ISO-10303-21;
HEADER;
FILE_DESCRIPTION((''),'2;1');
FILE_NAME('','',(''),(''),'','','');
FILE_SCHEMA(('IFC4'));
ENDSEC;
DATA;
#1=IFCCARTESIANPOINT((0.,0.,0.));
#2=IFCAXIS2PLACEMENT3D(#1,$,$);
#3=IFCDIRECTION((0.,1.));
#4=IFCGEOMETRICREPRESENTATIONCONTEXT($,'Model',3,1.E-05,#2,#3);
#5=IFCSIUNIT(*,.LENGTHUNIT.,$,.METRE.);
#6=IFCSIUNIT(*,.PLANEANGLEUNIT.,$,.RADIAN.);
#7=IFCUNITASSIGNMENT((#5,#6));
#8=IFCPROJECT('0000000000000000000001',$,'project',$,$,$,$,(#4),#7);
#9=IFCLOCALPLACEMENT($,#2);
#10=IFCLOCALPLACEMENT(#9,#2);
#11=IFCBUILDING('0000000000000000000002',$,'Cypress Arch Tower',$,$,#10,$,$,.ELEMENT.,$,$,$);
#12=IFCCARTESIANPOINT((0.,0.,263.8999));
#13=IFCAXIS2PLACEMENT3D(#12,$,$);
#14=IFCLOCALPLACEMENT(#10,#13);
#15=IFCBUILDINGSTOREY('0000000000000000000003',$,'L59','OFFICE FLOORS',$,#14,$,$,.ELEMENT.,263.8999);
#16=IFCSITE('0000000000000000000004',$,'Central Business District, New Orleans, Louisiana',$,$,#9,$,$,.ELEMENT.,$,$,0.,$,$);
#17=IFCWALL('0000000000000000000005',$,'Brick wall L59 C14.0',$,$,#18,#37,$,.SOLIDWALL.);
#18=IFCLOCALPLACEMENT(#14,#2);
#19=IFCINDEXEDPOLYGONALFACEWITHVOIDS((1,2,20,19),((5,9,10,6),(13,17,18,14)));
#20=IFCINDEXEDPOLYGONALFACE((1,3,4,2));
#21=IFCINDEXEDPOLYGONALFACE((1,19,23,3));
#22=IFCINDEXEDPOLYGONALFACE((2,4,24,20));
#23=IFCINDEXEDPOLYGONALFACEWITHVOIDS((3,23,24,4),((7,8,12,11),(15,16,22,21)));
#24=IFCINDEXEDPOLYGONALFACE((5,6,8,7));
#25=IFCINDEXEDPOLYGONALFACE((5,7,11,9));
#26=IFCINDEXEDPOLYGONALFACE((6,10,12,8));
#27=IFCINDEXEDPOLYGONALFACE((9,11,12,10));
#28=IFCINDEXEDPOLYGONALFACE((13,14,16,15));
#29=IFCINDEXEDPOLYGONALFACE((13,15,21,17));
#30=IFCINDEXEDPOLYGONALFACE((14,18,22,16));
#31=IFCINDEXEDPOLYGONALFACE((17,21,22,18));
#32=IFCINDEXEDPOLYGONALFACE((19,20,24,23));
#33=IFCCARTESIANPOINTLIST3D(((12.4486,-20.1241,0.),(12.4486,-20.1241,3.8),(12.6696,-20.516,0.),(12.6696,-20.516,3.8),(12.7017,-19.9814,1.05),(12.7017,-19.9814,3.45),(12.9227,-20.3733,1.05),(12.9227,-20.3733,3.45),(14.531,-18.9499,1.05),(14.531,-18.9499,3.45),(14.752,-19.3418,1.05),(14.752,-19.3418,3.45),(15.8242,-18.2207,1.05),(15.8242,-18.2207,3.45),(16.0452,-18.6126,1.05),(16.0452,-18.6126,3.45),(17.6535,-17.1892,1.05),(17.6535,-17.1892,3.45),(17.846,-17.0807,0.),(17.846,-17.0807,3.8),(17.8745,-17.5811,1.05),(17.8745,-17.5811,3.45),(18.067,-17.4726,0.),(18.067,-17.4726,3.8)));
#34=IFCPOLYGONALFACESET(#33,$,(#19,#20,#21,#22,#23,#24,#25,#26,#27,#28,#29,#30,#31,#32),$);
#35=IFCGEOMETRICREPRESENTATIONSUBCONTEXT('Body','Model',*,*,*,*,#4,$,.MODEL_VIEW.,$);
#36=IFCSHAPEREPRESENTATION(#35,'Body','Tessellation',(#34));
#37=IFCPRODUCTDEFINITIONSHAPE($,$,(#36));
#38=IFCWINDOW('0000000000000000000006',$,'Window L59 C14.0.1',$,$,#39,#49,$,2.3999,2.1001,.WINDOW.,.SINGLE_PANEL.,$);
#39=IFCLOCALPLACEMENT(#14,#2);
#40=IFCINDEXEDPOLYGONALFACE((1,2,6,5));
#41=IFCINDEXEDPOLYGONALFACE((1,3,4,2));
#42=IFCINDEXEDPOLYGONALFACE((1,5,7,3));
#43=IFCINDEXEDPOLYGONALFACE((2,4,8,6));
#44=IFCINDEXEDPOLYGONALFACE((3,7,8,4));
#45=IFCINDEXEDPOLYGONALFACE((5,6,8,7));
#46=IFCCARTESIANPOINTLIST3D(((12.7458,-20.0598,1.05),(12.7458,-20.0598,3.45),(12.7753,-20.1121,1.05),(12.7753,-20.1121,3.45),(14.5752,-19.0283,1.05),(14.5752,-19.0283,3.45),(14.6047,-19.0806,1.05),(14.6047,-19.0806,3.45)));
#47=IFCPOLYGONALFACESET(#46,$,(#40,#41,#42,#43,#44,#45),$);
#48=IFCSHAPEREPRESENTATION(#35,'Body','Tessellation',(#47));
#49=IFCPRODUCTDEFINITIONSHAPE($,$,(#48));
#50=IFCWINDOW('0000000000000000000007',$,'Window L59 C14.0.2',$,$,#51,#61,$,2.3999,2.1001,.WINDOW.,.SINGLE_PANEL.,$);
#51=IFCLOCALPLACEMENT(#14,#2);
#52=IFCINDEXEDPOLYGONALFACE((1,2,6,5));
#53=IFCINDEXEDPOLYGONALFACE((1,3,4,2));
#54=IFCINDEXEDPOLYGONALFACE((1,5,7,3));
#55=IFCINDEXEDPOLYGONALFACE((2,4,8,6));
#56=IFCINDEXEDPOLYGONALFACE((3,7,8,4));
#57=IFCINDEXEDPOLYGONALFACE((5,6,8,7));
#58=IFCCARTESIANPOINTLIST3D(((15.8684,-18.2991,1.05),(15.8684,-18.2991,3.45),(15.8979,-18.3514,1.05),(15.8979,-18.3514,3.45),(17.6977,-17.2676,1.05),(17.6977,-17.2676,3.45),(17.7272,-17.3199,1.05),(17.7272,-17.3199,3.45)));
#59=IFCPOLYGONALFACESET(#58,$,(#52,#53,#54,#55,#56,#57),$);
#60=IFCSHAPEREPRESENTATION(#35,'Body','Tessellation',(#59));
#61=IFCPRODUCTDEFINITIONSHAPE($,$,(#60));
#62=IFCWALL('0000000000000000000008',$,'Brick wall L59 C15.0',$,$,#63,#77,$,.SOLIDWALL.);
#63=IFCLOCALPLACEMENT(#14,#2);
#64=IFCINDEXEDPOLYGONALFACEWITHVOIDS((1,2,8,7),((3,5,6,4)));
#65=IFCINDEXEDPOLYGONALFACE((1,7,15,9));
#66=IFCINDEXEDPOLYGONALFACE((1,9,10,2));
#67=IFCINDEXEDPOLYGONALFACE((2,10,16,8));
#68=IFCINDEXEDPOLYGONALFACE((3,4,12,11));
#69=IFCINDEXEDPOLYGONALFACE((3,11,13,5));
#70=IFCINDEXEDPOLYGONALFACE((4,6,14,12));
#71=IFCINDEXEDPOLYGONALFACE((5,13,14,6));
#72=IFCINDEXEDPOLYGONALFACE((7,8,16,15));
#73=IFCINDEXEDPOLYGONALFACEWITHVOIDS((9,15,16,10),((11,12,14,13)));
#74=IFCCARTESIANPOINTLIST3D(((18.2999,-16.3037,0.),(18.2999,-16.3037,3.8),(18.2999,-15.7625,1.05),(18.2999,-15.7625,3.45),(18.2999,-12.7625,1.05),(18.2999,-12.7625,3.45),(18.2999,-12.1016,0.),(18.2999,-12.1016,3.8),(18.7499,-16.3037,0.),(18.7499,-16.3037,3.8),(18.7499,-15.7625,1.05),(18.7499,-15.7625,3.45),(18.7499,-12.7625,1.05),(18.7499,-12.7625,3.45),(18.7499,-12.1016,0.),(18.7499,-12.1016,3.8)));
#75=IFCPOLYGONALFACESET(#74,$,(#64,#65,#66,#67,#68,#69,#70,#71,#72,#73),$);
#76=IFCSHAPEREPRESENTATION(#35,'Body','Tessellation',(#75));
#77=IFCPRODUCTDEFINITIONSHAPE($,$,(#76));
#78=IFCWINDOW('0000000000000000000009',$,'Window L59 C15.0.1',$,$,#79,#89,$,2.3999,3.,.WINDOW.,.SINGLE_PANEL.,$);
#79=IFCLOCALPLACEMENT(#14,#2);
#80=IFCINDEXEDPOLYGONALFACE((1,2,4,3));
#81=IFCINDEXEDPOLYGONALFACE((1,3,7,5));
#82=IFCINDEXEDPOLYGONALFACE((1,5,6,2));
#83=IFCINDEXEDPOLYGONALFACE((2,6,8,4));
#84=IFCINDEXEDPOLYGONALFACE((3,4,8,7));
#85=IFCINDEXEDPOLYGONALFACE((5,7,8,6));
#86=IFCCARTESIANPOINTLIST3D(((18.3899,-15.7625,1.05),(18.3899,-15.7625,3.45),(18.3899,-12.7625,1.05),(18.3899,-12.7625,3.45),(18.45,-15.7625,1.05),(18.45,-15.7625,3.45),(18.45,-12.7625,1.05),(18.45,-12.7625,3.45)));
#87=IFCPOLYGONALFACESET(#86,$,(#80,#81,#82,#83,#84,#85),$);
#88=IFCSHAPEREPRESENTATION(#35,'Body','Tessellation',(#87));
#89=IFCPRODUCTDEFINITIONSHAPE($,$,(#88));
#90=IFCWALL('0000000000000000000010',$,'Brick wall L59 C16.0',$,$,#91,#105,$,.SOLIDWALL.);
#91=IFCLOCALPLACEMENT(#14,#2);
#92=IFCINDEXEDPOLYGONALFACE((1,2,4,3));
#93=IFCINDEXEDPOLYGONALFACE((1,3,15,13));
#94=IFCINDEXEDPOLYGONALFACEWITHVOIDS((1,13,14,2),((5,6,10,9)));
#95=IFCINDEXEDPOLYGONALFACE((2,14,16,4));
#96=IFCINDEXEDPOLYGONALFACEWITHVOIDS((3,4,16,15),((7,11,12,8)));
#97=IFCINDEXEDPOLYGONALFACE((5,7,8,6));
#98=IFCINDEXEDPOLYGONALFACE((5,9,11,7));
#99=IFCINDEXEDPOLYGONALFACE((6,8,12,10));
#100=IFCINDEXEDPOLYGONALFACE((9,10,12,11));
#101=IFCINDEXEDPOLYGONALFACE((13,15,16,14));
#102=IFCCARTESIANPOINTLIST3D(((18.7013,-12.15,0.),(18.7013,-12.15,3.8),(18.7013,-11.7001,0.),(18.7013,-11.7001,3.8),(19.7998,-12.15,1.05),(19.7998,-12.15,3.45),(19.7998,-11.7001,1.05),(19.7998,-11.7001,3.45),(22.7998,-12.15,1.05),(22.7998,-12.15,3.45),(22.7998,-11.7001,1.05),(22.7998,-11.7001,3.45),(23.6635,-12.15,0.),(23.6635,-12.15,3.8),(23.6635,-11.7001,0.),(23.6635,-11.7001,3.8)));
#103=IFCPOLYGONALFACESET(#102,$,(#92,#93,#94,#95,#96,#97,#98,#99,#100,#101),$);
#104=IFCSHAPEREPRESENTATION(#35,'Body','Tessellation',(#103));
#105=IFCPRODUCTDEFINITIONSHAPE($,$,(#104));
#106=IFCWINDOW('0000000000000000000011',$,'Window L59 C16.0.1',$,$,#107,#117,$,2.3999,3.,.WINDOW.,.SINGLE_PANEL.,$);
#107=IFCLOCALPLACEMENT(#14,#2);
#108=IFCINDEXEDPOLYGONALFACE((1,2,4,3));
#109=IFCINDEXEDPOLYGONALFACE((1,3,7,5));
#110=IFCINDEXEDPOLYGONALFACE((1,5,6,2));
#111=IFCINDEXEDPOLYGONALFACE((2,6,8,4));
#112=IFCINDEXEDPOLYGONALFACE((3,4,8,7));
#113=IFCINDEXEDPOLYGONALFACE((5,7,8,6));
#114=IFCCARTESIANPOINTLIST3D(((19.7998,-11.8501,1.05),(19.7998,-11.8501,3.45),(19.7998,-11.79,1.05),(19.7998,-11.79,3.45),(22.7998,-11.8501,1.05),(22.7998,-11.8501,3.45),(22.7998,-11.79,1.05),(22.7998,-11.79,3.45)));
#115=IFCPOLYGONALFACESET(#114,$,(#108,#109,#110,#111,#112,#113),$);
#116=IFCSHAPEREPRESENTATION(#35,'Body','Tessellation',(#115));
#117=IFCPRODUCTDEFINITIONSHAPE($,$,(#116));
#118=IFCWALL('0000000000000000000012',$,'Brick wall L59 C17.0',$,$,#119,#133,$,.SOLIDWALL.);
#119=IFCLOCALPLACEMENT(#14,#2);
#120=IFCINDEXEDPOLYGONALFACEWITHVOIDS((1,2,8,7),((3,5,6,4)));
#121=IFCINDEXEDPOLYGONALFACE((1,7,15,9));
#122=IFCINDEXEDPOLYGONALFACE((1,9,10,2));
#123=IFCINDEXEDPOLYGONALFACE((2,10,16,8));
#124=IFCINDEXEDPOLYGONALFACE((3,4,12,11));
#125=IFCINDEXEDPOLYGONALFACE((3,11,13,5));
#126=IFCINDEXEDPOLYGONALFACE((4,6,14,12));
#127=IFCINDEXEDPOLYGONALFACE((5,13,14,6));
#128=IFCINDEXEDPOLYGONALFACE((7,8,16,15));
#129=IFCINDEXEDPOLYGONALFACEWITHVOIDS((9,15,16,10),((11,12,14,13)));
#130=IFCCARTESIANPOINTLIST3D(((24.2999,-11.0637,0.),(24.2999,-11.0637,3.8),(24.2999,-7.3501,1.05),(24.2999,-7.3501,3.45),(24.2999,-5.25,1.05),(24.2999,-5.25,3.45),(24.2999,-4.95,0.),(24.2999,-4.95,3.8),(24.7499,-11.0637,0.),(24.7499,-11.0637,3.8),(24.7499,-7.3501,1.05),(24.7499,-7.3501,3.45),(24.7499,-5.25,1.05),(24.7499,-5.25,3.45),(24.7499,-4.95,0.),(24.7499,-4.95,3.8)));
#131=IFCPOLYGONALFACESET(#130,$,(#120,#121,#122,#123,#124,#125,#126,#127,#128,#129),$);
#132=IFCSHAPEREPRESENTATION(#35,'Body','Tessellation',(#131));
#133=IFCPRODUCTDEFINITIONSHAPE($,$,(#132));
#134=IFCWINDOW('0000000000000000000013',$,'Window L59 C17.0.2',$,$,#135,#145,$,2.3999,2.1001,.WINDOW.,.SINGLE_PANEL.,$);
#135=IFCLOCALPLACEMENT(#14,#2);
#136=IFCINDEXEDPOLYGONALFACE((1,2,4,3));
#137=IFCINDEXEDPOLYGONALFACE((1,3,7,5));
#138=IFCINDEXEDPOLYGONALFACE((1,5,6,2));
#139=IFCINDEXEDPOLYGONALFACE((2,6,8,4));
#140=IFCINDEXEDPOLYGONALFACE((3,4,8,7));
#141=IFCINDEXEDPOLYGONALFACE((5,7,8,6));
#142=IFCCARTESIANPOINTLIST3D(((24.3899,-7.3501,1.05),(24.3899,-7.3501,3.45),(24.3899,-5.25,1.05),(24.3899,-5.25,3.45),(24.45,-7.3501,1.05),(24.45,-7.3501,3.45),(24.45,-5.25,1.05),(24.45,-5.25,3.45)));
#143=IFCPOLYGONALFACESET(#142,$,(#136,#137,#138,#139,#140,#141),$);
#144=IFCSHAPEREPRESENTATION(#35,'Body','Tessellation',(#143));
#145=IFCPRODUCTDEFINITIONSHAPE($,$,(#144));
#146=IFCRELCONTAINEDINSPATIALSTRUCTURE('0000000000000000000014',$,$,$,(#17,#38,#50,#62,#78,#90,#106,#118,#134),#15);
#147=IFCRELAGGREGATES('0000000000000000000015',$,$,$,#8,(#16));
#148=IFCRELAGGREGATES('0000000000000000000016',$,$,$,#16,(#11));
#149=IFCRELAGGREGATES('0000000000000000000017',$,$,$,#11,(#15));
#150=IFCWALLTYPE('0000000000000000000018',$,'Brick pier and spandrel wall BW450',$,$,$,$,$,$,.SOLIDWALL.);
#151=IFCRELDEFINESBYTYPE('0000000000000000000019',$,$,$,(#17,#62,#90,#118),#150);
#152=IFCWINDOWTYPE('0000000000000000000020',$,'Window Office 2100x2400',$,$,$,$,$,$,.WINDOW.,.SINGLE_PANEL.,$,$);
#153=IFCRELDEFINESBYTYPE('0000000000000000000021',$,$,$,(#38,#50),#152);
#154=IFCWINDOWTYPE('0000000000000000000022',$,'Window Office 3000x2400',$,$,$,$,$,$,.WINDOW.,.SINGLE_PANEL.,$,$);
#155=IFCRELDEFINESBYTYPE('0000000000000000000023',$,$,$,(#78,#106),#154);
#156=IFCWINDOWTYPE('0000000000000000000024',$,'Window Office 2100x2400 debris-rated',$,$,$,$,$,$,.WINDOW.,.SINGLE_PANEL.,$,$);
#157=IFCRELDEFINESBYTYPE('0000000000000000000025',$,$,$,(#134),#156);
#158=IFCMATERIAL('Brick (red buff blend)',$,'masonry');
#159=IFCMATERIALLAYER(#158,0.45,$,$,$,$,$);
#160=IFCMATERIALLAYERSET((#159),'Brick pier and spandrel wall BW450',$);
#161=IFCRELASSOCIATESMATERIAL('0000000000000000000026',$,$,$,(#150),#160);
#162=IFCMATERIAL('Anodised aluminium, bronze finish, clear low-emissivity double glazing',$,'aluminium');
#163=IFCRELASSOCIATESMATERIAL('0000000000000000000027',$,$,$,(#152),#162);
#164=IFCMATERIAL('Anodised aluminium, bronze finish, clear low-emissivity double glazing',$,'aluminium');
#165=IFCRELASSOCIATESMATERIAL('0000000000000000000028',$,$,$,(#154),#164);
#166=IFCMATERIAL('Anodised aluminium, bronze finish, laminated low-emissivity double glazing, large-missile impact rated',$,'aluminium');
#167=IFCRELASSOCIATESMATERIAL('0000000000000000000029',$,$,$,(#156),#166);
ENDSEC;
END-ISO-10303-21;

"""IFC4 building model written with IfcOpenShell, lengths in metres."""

from ifc_helpers import new_model, si_unit, direction, frame, frame_2d, origin, place, context, subcontext, project, spatial, rectangle, extrude, material, layer, layer_set, type_object, element, fill, save


model = new_model("IFC4")

# Units and contexts
model_context = context("Model", 3, precision=1e-05, world=origin(), true_north=direction((0.0, 1.0)))
body_context = subcontext(model_context, "Body", "Model", "MODEL_VIEW")
ifc_project = project(units=[si_unit("LENGTHUNIT", "METRE"), si_unit("PLANEANGLEUNIT", "RADIAN")], contexts=[model_context])

# Site, building, storey
site_placement = place(None, origin())
site = spatial("IfcSite", under=ifc_project, at=site_placement, Name="Central Business District, New Orleans, Louisiana", CompositionType="ELEMENT", RefElevation=0.0)
building_placement = place(site_placement, origin())
building = spatial("IfcBuilding", under=site, at=building_placement, Name="Cypress Arch Tower", CompositionType="ELEMENT")
storey_placement = place(building_placement, frame((0.0, 0.0, 263.8999)))
storey = spatial("IfcBuildingStorey", under=building, at=storey_placement, Name="L59", Description="OFFICE FLOORS", CompositionType="ELEMENT", Elevation=263.8999)

# Wall, openings, windows
ifc_material_1 = material(Name="Brick (red buff blend)", Category="masonry")
ifc_layer_1 = layer(ifc_material_1, 0.45)
ifc_layer_set_1 = layer_set([ifc_layer_1], Name="Brick pier and spandrel wall BW450")
wall_type_1 = type_object("IfcWallType", Name="Brick pier and spandrel wall BW450", PredefinedType="SOLIDWALL", material=ifc_layer_set_1)
wall_1_placement = place(storey_placement, frame((12.5591, -20.3201, 0.0), z_axis=(0.0, 0.0, 1.0), x_axis=(0.871066, 0.491166, 0.0)))
wall_1 = element("IfcWall", 1, at=wall_1_placement, inside=storey, type_object=wall_type_1, Name="Brick wall L59 C14.0", PredefinedType="SOLIDWALL", context=body_context, shape_type="SweptSolid", body=[
    extrude(rectangle(XDim=6.1963, YDim=0.45, at=frame_2d((3.0981, 0.0))), origin(), (0.0, 0.0, 1.0), 3.8),
])
opening_1_placement = place(wall_1_placement, frame((0.2905, 0.0, 1.05)))
opening_1 = element("IfcOpeningElement", 2, at=opening_1_placement, cuts=wall_1, PredefinedType="OPENING", context=body_context, shape_type="SweptSolid", body=[
    extrude(rectangle(XDim=2.1001, YDim=2.3999, at=frame_2d((1.05, 1.2))), frame((0.0, 0.2349, 0.0), z_axis=(0.0, -1.0, 0.0), x_axis=(1.0, 0.0, 0.0)), (0.0, 0.0, 1.0), 0.47),
])
opening_2_placement = place(wall_1_placement, frame((3.8752, 0.0, 1.05)))
opening_2 = element("IfcOpeningElement", 3, at=opening_2_placement, cuts=wall_1, PredefinedType="OPENING", context=body_context, shape_type="SweptSolid", body=[
    extrude(rectangle(XDim=2.1001, YDim=2.3999, at=frame_2d((1.05, 1.2))), frame((0.0, 0.2349, 0.0), z_axis=(0.0, -1.0, 0.0), x_axis=(1.0, 0.0, 0.0)), (0.0, 0.0, 1.0), 0.47),
])
ifc_material_2 = material(Name="Anodised aluminium, bronze finish, clear low-emissivity double glazing", Category="aluminium")
window_type_1 = type_object("IfcWindowType", Name="Window Office 2100x2400", PartitioningType="SINGLE_PANEL", PredefinedType="WINDOW", material=ifc_material_2)
window_1_placement = place(opening_1_placement, origin())
window_1 = element("IfcWindow", 4, at=window_1_placement, inside=storey, type_object=window_type_1, Name="Window L59 C14.0.1", OverallHeight=2.3999, OverallWidth=2.1001, PartitioningType="SINGLE_PANEL", PredefinedType="WINDOW", context=body_context, shape_type="SweptSolid", body=[
    extrude(rectangle(XDim=2.1001, YDim=2.3999, at=frame_2d((1.05, 1.2))), frame((0.0, 0.135, 0.0), z_axis=(0.0, -1.0, 0.0), x_axis=(1.0, 0.0, 0.0)), (0.0, 0.0, 1.0), 0.0601),
])
fill(opening_1, window_1)
window_2_placement = place(opening_2_placement, origin())
window_2 = element("IfcWindow", 5, at=window_2_placement, inside=storey, type_object=window_type_1, Name="Window L59 C14.0.2", OverallHeight=2.3999, OverallWidth=2.1001, PartitioningType="SINGLE_PANEL", PredefinedType="WINDOW", context=body_context, shape_type="SweptSolid", body=[
    extrude(rectangle(XDim=2.1001, YDim=2.3999, at=frame_2d((1.05, 1.2))), frame((0.0, 0.135, 0.0), z_axis=(0.0, -1.0, 0.0), x_axis=(1.0, 0.0, 0.0)), (0.0, 0.0, 1.0), 0.0601),
])
fill(opening_2, window_2)

# Walls, openings, windows
wall_2_placement = place(storey_placement, frame((18.5249, -16.3037, 0.0), z_axis=(0.0, 0.0, 1.0), x_axis=(0.0, 1.0, 0.0)))
wall_2 = element("IfcWall", 6, at=wall_2_placement, inside=storey, type_object=wall_type_1, Name="Brick wall L59 C15.0", PredefinedType="SOLIDWALL", context=body_context, shape_type="SweptSolid", body=[
    extrude(rectangle(XDim=4.2021, YDim=0.45, at=frame_2d((2.1011, 0.0))), origin(), (0.0, 0.0, 1.0), 3.8),
])
opening_3_placement = place(wall_2_placement, frame((0.5413, 0.0, 1.05)))
opening_3 = element("IfcOpeningElement", 7, at=opening_3_placement, cuts=wall_2, PredefinedType="OPENING", context=body_context, shape_type="SweptSolid", body=[
    extrude(rectangle(XDim=3.0, YDim=2.3999, at=frame_2d((1.5, 1.2))), frame((0.0, 0.2349, 0.0), z_axis=(0.0, -1.0, 0.0), x_axis=(1.0, 0.0, 0.0)), (0.0, 0.0, 1.0), 0.47),
])
ifc_material_3 = material(Name="Anodised aluminium, bronze finish, clear low-emissivity double glazing", Category="aluminium")
window_type_2 = type_object("IfcWindowType", Name="Window Office 3000x2400", PartitioningType="SINGLE_PANEL", PredefinedType="WINDOW", material=ifc_material_3)
window_3_placement = place(opening_3_placement, origin())
window_3 = element("IfcWindow", 8, at=window_3_placement, inside=storey, type_object=window_type_2, Name="Window L59 C15.0.1", OverallHeight=2.3999, OverallWidth=3.0, PartitioningType="SINGLE_PANEL", PredefinedType="WINDOW", context=body_context, shape_type="SweptSolid", body=[
    extrude(rectangle(XDim=3.0, YDim=2.3999, at=frame_2d((1.5, 1.2))), frame((0.0, 0.135, 0.0), z_axis=(0.0, -1.0, 0.0), x_axis=(1.0, 0.0, 0.0)), (0.0, 0.0, 1.0), 0.0601),
])
fill(opening_3, window_3)
wall_3_placement = place(storey_placement, frame((18.7014, -11.925, 0.0), z_axis=(0.0, 0.0, 1.0), x_axis=(1.0, 0.0, 0.0)))
wall_3 = element("IfcWall", 9, at=wall_3_placement, inside=storey, type_object=wall_type_1, Name="Brick wall L59 C16.0", PredefinedType="SOLIDWALL", context=body_context, shape_type="SweptSolid", body=[
    extrude(rectangle(XDim=4.9622, YDim=0.45, at=frame_2d((2.481, 0.0))), origin(), (0.0, 0.0, 1.0), 3.8),
])
opening_4_placement = place(wall_3_placement, frame((1.0984, 0.0, 1.05)))
opening_4 = element("IfcOpeningElement", 10, at=opening_4_placement, cuts=wall_3, PredefinedType="OPENING", context=body_context, shape_type="SweptSolid", body=[
    extrude(rectangle(XDim=3.0, YDim=2.3999, at=frame_2d((1.5, 1.2))), frame((0.0, 0.2349, 0.0), z_axis=(0.0, -1.0, 0.0), x_axis=(1.0, 0.0, 0.0)), (0.0, 0.0, 1.0), 0.47),
])
window_4_placement = place(opening_4_placement, origin())
window_4 = element("IfcWindow", 11, at=window_4_placement, inside=storey, type_object=window_type_2, Name="Window L59 C16.0.1", OverallHeight=2.3999, OverallWidth=3.0, PartitioningType="SINGLE_PANEL", PredefinedType="WINDOW", context=body_context, shape_type="SweptSolid", body=[
    extrude(rectangle(XDim=3.0, YDim=2.3999, at=frame_2d((1.5, 1.2))), frame((0.0, 0.135, 0.0), z_axis=(0.0, -1.0, 0.0), x_axis=(1.0, 0.0, 0.0)), (0.0, 0.0, 1.0), 0.0601),
])
fill(opening_4, window_4)
wall_4_placement = place(storey_placement, frame((24.5249, -11.0637, 0.0), z_axis=(0.0, 0.0, 1.0), x_axis=(0.0, 1.0, 0.0)))
wall_4 = element("IfcWall", 12, at=wall_4_placement, inside=storey, type_object=wall_type_1, Name="Brick wall L59 C17.0", PredefinedType="SOLIDWALL", context=body_context, shape_type="SweptSolid", body=[
    extrude(rectangle(XDim=6.1138, YDim=0.45, at=frame_2d((3.0569, 0.0))), origin(), (0.0, 0.0, 1.0), 3.8),
])
opening_5_placement = place(wall_4_placement, frame((3.7136, 0.0, 1.05)))
opening_5 = element("IfcOpeningElement", 13, at=opening_5_placement, cuts=wall_4, PredefinedType="OPENING", context=body_context, shape_type="SweptSolid", body=[
    extrude(rectangle(XDim=2.1001, YDim=2.3999, at=frame_2d((1.05, 1.2))), frame((0.0, 0.2349, 0.0), z_axis=(0.0, -1.0, 0.0), x_axis=(1.0, 0.0, 0.0)), (0.0, 0.0, 1.0), 0.47),
])
ifc_material_4 = material(Name="Anodised aluminium, bronze finish, laminated low-emissivity double glazing, large-missile impact rated", Category="aluminium")
window_type_3 = type_object("IfcWindowType", Name="Window Office 2100x2400 debris-rated", PartitioningType="SINGLE_PANEL", PredefinedType="WINDOW", material=ifc_material_4)
window_5_placement = place(opening_5_placement, origin())
window_5 = element("IfcWindow", 14, at=window_5_placement, inside=storey, type_object=window_type_3, Name="Window L59 C17.0.2", OverallHeight=2.3999, OverallWidth=2.1001, PartitioningType="SINGLE_PANEL", PredefinedType="WINDOW", context=body_context, shape_type="SweptSolid", body=[
    extrude(rectangle(XDim=2.1001, YDim=2.3999, at=frame_2d((1.05, 1.2))), frame((0.0, 0.135, 0.0), z_axis=(0.0, -1.0, 0.0), x_axis=(1.0, 0.0, 0.0)), (0.0, 0.0, 1.0), 0.0601),
])
fill(opening_5, window_5)

save(model, "model.ifc")
